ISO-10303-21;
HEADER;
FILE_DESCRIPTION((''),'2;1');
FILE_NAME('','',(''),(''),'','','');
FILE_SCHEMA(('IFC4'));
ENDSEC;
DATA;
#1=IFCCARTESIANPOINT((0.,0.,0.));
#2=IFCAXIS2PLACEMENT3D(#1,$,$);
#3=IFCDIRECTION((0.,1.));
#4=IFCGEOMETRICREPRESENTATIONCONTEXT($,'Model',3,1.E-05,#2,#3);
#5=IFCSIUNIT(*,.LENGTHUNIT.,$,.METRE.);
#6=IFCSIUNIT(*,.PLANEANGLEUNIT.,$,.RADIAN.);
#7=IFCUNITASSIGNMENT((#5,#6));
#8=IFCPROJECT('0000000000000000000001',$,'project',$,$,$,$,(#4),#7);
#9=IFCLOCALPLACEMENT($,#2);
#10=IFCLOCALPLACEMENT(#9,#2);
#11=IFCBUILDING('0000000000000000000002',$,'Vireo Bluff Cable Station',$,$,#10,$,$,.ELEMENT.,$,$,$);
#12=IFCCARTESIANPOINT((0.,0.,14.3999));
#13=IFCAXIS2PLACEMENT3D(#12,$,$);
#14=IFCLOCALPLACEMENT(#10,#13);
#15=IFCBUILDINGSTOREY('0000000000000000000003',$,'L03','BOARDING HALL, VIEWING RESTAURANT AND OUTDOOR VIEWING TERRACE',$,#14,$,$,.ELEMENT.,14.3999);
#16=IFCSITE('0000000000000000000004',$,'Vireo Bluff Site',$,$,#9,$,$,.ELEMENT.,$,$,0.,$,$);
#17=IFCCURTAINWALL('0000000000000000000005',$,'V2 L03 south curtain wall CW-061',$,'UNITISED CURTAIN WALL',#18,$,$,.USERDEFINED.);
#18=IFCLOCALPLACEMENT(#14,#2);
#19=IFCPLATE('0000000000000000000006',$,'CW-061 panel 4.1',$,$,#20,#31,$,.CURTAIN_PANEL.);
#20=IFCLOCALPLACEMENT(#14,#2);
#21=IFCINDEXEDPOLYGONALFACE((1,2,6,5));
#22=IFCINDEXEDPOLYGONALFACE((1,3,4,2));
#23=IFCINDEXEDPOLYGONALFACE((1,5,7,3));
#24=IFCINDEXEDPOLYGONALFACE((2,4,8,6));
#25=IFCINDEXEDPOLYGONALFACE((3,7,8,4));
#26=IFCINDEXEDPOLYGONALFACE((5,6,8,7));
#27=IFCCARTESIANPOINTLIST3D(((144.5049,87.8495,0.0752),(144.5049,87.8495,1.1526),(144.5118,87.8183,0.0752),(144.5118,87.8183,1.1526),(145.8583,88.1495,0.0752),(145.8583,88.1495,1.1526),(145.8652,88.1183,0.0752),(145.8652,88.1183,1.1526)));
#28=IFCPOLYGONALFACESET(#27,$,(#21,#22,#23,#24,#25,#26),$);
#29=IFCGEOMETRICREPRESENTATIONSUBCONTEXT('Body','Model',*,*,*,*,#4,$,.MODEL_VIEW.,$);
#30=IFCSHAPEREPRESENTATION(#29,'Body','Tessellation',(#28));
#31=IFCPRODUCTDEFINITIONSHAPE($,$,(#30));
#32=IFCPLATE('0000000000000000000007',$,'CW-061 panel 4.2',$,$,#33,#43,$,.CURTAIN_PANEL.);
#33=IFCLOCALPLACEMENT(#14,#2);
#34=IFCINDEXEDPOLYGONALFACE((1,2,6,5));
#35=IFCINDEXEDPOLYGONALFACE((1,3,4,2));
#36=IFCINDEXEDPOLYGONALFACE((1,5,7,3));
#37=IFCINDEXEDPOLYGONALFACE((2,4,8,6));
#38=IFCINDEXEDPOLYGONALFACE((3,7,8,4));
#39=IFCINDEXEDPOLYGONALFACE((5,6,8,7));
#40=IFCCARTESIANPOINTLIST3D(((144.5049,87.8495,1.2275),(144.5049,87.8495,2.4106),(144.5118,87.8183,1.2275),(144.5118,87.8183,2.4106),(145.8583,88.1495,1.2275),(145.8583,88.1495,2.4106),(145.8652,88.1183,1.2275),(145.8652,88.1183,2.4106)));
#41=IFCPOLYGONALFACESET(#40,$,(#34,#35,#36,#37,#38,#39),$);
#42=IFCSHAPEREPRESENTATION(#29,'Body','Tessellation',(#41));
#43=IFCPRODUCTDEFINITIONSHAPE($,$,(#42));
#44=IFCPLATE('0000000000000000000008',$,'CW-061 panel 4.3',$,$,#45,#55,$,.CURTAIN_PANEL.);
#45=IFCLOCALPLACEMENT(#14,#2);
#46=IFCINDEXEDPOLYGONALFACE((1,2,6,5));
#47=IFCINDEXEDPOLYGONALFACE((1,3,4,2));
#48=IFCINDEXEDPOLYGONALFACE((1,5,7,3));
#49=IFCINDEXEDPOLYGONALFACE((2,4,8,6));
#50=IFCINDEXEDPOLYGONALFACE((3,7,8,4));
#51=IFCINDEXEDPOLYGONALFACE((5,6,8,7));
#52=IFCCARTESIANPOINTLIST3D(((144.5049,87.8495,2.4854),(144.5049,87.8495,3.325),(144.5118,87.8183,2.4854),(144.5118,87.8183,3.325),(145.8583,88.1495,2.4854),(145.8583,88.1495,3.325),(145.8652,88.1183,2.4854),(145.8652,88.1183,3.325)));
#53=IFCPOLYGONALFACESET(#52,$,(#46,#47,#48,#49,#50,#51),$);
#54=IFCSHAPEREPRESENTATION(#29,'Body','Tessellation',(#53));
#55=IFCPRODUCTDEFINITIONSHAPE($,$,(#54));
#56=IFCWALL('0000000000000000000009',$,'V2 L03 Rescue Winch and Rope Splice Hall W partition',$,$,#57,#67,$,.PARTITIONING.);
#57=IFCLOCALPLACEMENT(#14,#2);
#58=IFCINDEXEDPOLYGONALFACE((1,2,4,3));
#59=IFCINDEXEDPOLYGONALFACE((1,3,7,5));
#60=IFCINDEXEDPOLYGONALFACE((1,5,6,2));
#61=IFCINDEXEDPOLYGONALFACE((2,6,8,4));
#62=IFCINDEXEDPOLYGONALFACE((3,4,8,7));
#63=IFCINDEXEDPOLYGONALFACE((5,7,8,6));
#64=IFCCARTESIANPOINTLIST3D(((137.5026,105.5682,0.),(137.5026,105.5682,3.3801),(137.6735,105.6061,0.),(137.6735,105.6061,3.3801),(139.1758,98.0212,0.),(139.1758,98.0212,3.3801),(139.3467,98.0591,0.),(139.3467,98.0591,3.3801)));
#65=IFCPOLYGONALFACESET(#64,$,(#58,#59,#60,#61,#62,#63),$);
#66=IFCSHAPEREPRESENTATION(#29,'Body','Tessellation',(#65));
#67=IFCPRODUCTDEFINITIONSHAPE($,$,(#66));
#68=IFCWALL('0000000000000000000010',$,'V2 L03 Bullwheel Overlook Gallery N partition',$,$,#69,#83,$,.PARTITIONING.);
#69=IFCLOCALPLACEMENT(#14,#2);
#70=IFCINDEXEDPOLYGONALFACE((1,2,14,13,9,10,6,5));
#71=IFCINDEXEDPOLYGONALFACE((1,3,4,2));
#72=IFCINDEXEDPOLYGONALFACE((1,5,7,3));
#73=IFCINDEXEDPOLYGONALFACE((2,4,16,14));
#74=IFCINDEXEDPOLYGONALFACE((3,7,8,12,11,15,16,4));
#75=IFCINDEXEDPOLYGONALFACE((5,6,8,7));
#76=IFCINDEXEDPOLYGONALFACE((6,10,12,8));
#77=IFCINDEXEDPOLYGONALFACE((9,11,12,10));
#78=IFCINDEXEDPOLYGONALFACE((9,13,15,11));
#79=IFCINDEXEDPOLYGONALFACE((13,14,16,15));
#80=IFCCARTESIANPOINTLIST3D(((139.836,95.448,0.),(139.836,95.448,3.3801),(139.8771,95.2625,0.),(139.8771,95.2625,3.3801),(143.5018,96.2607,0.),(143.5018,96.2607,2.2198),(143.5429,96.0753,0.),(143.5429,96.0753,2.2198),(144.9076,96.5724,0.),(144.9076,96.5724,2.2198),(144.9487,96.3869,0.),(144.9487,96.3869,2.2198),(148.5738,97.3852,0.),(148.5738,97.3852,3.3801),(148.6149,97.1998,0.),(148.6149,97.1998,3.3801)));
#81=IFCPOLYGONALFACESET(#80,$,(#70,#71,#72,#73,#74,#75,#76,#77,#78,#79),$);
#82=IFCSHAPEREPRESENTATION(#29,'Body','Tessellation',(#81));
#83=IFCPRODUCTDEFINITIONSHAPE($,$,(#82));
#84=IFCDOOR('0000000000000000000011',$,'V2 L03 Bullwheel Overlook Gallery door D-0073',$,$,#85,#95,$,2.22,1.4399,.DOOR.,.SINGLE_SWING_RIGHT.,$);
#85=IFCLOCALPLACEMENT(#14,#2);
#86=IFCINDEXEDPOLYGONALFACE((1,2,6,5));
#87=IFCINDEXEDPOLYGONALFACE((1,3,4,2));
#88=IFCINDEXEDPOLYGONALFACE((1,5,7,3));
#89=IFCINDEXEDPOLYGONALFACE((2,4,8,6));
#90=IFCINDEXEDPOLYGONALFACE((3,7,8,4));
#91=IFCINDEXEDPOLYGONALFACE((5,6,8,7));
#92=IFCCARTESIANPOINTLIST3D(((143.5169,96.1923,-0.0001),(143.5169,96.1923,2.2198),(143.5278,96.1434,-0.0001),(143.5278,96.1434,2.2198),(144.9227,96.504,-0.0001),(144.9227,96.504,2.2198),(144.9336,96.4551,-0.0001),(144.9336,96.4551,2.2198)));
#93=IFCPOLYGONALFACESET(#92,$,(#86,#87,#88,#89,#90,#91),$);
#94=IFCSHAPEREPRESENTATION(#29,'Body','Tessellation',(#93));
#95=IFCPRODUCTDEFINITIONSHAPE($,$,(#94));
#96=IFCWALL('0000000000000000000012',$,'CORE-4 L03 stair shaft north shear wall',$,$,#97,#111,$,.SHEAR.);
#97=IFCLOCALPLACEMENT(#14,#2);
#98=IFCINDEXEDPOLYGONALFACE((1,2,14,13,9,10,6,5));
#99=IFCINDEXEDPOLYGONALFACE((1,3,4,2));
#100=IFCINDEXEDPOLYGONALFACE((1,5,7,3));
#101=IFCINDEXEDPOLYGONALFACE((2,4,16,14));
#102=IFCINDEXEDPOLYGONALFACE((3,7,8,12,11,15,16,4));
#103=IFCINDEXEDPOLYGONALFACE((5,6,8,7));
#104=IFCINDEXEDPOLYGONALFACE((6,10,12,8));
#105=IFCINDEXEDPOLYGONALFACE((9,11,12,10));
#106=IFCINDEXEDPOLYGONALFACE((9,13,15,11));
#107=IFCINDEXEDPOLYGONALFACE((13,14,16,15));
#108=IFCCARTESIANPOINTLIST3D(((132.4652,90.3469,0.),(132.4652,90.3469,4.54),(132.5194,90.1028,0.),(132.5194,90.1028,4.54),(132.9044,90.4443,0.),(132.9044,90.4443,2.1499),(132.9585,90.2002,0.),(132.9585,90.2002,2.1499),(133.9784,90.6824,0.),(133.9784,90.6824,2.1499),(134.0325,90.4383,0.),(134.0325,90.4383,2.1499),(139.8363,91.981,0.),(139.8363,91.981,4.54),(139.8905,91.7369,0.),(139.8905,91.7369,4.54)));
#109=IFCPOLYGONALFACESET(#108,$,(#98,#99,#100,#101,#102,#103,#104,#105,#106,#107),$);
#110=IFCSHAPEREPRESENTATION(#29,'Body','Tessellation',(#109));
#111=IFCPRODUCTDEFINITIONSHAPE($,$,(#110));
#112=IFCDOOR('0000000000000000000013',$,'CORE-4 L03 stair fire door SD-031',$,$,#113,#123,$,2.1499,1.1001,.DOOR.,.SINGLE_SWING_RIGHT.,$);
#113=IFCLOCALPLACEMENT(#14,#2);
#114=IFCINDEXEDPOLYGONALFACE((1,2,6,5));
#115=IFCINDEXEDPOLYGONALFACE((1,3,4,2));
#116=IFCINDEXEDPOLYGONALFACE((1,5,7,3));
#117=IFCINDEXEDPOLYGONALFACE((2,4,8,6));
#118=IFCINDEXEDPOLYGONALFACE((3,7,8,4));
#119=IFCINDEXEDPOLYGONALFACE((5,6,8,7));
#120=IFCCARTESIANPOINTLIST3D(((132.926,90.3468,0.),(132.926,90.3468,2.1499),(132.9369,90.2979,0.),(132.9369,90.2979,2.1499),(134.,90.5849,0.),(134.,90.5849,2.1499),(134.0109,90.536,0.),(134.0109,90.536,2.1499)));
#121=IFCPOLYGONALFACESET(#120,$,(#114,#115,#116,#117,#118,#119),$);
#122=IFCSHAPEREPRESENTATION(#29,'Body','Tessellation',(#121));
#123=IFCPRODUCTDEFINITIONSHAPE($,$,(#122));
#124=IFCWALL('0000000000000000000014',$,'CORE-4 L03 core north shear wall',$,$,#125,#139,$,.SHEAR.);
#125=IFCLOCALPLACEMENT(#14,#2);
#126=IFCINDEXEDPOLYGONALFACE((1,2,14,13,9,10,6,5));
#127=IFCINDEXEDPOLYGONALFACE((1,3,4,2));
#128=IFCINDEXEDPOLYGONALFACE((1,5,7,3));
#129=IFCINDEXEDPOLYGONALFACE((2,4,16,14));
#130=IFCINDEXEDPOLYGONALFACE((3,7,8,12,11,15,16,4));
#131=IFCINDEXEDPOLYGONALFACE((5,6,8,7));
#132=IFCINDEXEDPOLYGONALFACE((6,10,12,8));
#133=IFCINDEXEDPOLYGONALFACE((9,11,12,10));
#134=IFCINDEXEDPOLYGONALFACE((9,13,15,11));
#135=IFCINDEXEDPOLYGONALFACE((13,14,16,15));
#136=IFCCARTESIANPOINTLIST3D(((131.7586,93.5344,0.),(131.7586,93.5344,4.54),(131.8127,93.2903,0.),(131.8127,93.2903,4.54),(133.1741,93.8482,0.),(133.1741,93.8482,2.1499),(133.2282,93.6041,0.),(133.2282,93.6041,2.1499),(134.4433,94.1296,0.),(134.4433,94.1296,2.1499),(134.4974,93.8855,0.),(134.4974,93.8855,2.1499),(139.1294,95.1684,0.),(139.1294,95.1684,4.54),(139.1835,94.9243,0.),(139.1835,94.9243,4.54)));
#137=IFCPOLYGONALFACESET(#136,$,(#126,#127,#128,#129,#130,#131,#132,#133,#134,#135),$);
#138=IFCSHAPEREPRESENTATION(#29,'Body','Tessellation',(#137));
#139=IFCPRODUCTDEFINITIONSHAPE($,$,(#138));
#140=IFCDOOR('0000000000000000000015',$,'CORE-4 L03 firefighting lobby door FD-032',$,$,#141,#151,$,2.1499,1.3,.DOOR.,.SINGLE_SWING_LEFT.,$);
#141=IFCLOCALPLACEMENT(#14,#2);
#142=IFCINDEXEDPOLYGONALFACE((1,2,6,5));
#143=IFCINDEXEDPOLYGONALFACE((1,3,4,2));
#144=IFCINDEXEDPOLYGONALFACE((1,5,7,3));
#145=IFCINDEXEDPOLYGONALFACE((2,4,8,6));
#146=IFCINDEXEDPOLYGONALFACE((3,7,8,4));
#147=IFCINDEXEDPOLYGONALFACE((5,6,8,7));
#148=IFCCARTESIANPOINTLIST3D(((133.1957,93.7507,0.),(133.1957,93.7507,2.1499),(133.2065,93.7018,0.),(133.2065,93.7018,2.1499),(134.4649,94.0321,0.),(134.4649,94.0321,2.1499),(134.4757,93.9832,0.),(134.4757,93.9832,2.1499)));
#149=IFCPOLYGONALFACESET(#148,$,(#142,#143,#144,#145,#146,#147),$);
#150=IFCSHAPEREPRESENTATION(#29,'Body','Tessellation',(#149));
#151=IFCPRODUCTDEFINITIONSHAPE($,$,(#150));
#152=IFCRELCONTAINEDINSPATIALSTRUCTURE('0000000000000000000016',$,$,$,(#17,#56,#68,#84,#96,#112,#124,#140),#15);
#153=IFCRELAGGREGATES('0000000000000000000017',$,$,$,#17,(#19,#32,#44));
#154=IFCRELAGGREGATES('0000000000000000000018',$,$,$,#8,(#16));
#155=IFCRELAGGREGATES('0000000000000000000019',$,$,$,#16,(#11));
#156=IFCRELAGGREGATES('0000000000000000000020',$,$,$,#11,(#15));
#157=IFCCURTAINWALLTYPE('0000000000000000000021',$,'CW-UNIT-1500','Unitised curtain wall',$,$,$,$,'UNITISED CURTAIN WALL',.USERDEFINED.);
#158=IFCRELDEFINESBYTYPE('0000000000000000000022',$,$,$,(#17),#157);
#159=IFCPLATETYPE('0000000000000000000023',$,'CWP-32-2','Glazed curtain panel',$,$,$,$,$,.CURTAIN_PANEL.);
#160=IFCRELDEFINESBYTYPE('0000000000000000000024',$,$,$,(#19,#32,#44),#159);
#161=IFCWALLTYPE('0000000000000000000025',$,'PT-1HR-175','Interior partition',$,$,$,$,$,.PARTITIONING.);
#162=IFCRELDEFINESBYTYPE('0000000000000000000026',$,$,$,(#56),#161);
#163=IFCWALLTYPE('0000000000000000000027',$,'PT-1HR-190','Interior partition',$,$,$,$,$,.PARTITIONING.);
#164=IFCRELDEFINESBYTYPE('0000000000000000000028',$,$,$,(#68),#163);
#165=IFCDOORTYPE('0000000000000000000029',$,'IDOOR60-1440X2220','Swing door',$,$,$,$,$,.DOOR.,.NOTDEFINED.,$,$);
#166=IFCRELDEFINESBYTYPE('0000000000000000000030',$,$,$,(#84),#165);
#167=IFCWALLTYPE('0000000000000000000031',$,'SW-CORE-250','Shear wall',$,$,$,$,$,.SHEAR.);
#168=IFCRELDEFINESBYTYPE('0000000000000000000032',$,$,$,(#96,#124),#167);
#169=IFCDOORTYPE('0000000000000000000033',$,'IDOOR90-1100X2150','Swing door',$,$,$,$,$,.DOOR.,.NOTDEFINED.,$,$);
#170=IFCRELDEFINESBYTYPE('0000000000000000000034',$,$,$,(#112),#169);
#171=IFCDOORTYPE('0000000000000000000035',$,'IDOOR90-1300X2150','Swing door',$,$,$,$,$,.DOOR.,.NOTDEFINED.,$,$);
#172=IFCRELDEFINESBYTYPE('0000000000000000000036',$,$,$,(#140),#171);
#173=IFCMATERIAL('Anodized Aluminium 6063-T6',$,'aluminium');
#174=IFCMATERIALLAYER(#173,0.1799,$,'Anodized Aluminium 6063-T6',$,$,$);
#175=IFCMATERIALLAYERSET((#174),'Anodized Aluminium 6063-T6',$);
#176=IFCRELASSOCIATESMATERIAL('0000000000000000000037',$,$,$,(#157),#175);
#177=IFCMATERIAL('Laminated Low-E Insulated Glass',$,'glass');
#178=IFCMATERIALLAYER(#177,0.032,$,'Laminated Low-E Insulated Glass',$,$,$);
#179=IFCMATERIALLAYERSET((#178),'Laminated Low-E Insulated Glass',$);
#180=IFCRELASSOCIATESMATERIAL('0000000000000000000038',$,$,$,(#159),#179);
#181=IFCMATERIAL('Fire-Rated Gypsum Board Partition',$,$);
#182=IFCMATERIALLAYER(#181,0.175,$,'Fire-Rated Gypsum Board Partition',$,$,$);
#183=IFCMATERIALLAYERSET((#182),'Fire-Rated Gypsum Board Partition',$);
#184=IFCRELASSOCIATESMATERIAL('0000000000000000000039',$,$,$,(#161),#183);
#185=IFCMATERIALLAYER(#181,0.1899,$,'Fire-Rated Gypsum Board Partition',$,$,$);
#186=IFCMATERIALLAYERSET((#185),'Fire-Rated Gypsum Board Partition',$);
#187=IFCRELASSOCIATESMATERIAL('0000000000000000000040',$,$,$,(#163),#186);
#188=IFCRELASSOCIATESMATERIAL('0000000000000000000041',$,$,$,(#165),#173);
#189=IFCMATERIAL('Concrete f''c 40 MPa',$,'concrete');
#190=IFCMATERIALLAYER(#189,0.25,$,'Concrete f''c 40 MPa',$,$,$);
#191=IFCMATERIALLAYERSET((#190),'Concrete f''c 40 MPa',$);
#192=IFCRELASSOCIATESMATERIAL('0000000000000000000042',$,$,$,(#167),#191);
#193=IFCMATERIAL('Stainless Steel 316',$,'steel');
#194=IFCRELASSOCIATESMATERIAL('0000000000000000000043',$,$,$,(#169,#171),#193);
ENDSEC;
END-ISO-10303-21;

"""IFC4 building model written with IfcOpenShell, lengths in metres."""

from ifc_helpers import new_model, si_unit, direction, frame, frame_2d, origin, origin_with_axes, origin_2d, place, context, subcontext, project, spatial, rectangle, extrude, material, layer, layer_set, type_object, element, fill, aggregate, save


model = new_model("IFC4")

# Units and contexts
model_context = context("Model", 3, precision=1e-05, world=origin(), true_north=direction((0.0, 1.0)))
body_context = subcontext(model_context, "Body", "Model", "MODEL_VIEW")
ifc_project = project(units=[si_unit("LENGTHUNIT", "METRE"), si_unit("PLANEANGLEUNIT", "RADIAN")], contexts=[model_context])

# Site, building, storey
site_placement = place(None, origin())
site = spatial("IfcSite", under=ifc_project, at=site_placement, Name="Vireo Bluff Site", CompositionType="ELEMENT", RefElevation=0.0)
building_placement = place(site_placement, origin())
building = spatial("IfcBuilding", under=site, at=building_placement, Name="Vireo Bluff Cable Station", CompositionType="ELEMENT")
storey_placement = place(building_placement, frame((0.0, 0.0, 14.3999)))
storey = spatial("IfcBuildingStorey", under=building, at=storey_placement, Name="L03", Description="BOARDING HALL, VIEWING RESTAURANT AND OUTDOOR VIEWING TERRACE", CompositionType="ELEMENT", Elevation=14.3999)

# Curtain wall
ifc_material_1 = material(Name="Anodized Aluminium 6063-T6", Category="aluminium")
ifc_layer_1 = layer(ifc_material_1, 0.1799, Name="Anodized Aluminium 6063-T6")
ifc_layer_set_1 = layer_set([ifc_layer_1], Name="Anodized Aluminium 6063-T6")
curtain_wall_type = type_object("IfcCurtainWallType", Name="CW-UNIT-1500", Description="Unitised curtain wall", ElementType="UNITISED CURTAIN WALL", PredefinedType="USERDEFINED", material=ifc_layer_set_1)
curtain_wall_placement = place(storey_placement, origin())
curtain_wall = element("IfcCurtainWall", 1, at=curtain_wall_placement, inside=storey, type_object=curtain_wall_type, Name="V2 L03 south curtain wall CW-061", ObjectType="UNITISED CURTAIN WALL", PredefinedType="USERDEFINED")

# Plates
ifc_material_2 = material(Name="Laminated Low-E Insulated Glass", Category="glass")
ifc_layer_2 = layer(ifc_material_2, 0.032, Name="Laminated Low-E Insulated Glass")
ifc_layer_set_2 = layer_set([ifc_layer_2], Name="Laminated Low-E Insulated Glass")
plate_type = type_object("IfcPlateType", Name="CWP-32-2", Description="Glazed curtain panel", PredefinedType="CURTAIN_PANEL", material=ifc_layer_set_2)
plate_1_placement = place(storey_placement, frame((145.1851, 87.9839, 0.0752), z_axis=(0.0, 0.0, 1.0), x_axis=(-0.976296, -0.21644, 0.0)))
plate_1 = element("IfcPlate", 2, at=plate_1_placement, type_object=plate_type, Name="CW-061 panel 4.1", PredefinedType="CURTAIN_PANEL", context=body_context, shape_type="SweptSolid", body=[
    extrude(rectangle(XDim=1.3862, YDim=0.032, at=origin_2d()), origin(), (0.0, 0.0, 1.0), 1.0774),
])
plate_2_placement = place(storey_placement, frame((145.1851, 87.9839, 1.2275), z_axis=(0.0, 0.0, 1.0), x_axis=(-0.976296, -0.21644, 0.0)))
plate_2 = element("IfcPlate", 3, at=plate_2_placement, type_object=plate_type, Name="CW-061 panel 4.2", PredefinedType="CURTAIN_PANEL", context=body_context, shape_type="SweptSolid", body=[
    extrude(rectangle(XDim=1.3862, YDim=0.032, at=origin_2d()), origin(), (0.0, 0.0, 1.0), 1.1831),
])
plate_3_placement = place(storey_placement, frame((145.1851, 87.9839, 2.4854), z_axis=(0.0, 0.0, 1.0), x_axis=(-0.976296, -0.21644, 0.0)))
plate_3 = element("IfcPlate", 4, at=plate_3_placement, type_object=plate_type, Name="CW-061 panel 4.3", PredefinedType="CURTAIN_PANEL", context=body_context, shape_type="SweptSolid", body=[
    extrude(rectangle(XDim=1.3862, YDim=0.032, at=origin_2d()), origin(), (0.0, 0.0, 1.0), 0.8396),
])
aggregate(curtain_wall, [plate_1, plate_2, plate_3])

# Wall
ifc_material_3 = material(Name="Fire-Rated Gypsum Board Partition")
ifc_layer_3 = layer(ifc_material_3, 0.175, Name="Fire-Rated Gypsum Board Partition")
ifc_layer_set_3 = layer_set([ifc_layer_3], Name="Fire-Rated Gypsum Board Partition")
wall_type_1 = type_object("IfcWallType", Name="PT-1HR-175", Description="Interior partition", PredefinedType="PARTITIONING", material=ifc_layer_set_3)
wall_1_placement = place(storey_placement, frame((139.2612, 98.04, 0.0), z_axis=(0.0, 0.0, 1.0), x_axis=(-0.216439, 0.976296, 0.0)))
element("IfcWall", 5, at=wall_1_placement, inside=storey, type_object=wall_type_1, Name="V2 L03 Rescue Winch and Rope Splice Hall W partition", PredefinedType="PARTITIONING", context=body_context, shape_type="SweptSolid", body=[
    extrude(rectangle(XDim=7.7302, YDim=0.175, at=frame_2d((3.8652, 0.0))), origin(), (0.0, 0.0, 1.0), 3.3801),
])

# Walls, openings, doors
ifc_layer_4 = layer(ifc_material_3, 0.1899, Name="Fire-Rated Gypsum Board Partition")
ifc_layer_set_4 = layer_set([ifc_layer_4], Name="Fire-Rated Gypsum Board Partition")
wall_type_2 = type_object("IfcWallType", Name="PT-1HR-190", Description="Interior partition", PredefinedType="PARTITIONING", material=ifc_layer_set_4)
wall_2_placement = place(storey_placement, frame((139.8564, 95.3552, 0.0), z_axis=(0.0, 0.0, 1.0), x_axis=(0.976293, 0.216454, 0.0)))
wall_2 = element("IfcWall", 6, at=wall_2_placement, inside=storey, type_object=wall_type_2, Name="V2 L03 Bullwheel Overlook Gallery N partition", PredefinedType="PARTITIONING", context=body_context, shape_type="SweptSolid", body=[
    extrude(rectangle(XDim=8.95, YDim=0.1899, at=frame_2d((4.4751, 0.0))), origin(), (0.0, 0.0, 1.0), 3.3801),
])
opening_1_placement = place(wall_2_placement, frame((3.7549, 0.0, 0.0)))
opening_1 = element("IfcOpeningElement", 7, at=opening_1_placement, cuts=wall_2, PredefinedType="OPENING", context=body_context, shape_type="SweptSolid", body=[
    extrude(rectangle(XDim=1.4399, YDim=2.22, at=frame_2d((0.72, 1.1099))), frame((0.0, 0.105, 0.0), z_axis=(0.0, -1.0, 0.0), x_axis=(1.0, 0.0, 0.0)), (0.0, 0.0, 1.0), 0.21),
])
door_type_1 = type_object("IfcDoorType", Name="IDOOR60-1440X2220", Description="Swing door", OperationType="NOTDEFINED", PredefinedType="DOOR", material=ifc_material_1)
door_1_placement = place(opening_1_placement, origin_with_axes())
door_1 = element("IfcDoor", 8, at=door_1_placement, inside=storey, type_object=door_type_1, Name="V2 L03 Bullwheel Overlook Gallery door D-0073", OperationType="SINGLE_SWING_RIGHT", OverallHeight=2.22, OverallWidth=1.4399, PredefinedType="DOOR", context=body_context, shape_type="SweptSolid", body=[
    extrude(rectangle(XDim=1.4399, YDim=2.22, at=frame_2d((0.72, 1.1099))), frame((0.0, 0.0249, 0.0), z_axis=(0.0, -1.0, 0.0), x_axis=(1.0, 0.0, 0.0)), (0.0, 0.0, 1.0), 0.05),
])
fill(opening_1, door_1)
ifc_material_4 = material(Name="Concrete f'c 40 MPa", Category="concrete")
ifc_layer_5 = layer(ifc_material_4, 0.25, Name="Concrete f'c 40 MPa")
ifc_layer_set_5 = layer_set([ifc_layer_5], Name="Concrete f'c 40 MPa")
wall_type_3 = type_object("IfcWallType", Name="SW-CORE-250", Description="Shear wall", PredefinedType="SHEAR", material=ifc_layer_set_5)
wall_3_placement = place(storey_placement, frame((139.8633, 91.8589, 0.0), z_axis=(0.0, 0.0, 1.0), x_axis=(-0.976299, -0.216427, 0.0)))
wall_3 = element("IfcWall", 9, at=wall_3_placement, inside=storey, type_object=wall_type_3, Name="CORE-4 L03 stair shaft north shear wall", PredefinedType="SHEAR", context=body_context, shape_type="SweptSolid", body=[
    extrude(rectangle(XDim=7.55, YDim=0.25, at=frame_2d((3.7749, 0.0))), origin(), (0.0, 0.0, 1.0), 4.54),
])
opening_2_placement = place(wall_3_placement, frame((6.0, 0.0, 0.0)))
opening_2 = element("IfcOpeningElement", 10, at=opening_2_placement, cuts=wall_3, PredefinedType="OPENING", context=body_context, shape_type="SweptSolid", body=[
    extrude(rectangle(XDim=1.1001, YDim=2.1499, at=frame_2d((0.55, 1.075))), frame((0.0, 0.135, 0.0), z_axis=(0.0, -1.0, 0.0), x_axis=(1.0, 0.0, 0.0)), (0.0, 0.0, 1.0), 0.27),
])
ifc_material_5 = material(Name="Stainless Steel 316", Category="steel")
door_type_2 = type_object("IfcDoorType", Name="IDOOR90-1100X2150", Description="Swing door", OperationType="NOTDEFINED", PredefinedType="DOOR", material=ifc_material_5)
door_2_placement = place(opening_2_placement, origin_with_axes())
door_2 = element("IfcDoor", 11, at=door_2_placement, inside=storey, type_object=door_type_2, Name="CORE-4 L03 stair fire door SD-031", OperationType="SINGLE_SWING_RIGHT", OverallHeight=2.1499, OverallWidth=1.1001, PredefinedType="DOOR", context=body_context, shape_type="SweptSolid", body=[
    extrude(rectangle(XDim=1.1001, YDim=2.1499, at=frame_2d((0.55, 1.075))), frame((0.0, 0.0249, 0.0), z_axis=(0.0, -1.0, 0.0), x_axis=(1.0, 0.0, 0.0)), (0.0, 0.0, 1.0), 0.05),
])
fill(opening_2, door_2)
wall_4_placement = place(storey_placement, frame((139.1565, 95.0464, 0.0), z_axis=(0.0, 0.0, 1.0), x_axis=(-0.976297, -0.216434, 0.0)))
wall_4 = element("IfcWall", 12, at=wall_4_placement, inside=storey, type_object=wall_type_3, Name="CORE-4 L03 core north shear wall", PredefinedType="SHEAR", context=body_context, shape_type="SweptSolid", body=[
    extrude(rectangle(XDim=7.5498, YDim=0.25, at=frame_2d((3.7749, 0.0))), origin(), (0.0, 0.0, 1.0), 4.54),
])
opening_3_placement = place(wall_4_placement, frame((4.8, 0.0, 0.0)))
opening_3 = element("IfcOpeningElement", 13, at=opening_3_placement, cuts=wall_4, PredefinedType="OPENING", context=body_context, shape_type="SweptSolid", body=[
    extrude(rectangle(XDim=1.3, YDim=2.1499, at=frame_2d((0.6499, 1.075))), frame((0.0, 0.135, 0.0), z_axis=(0.0, -1.0, 0.0), x_axis=(1.0, 0.0, 0.0)), (0.0, 0.0, 1.0), 0.27),
])
door_type_3 = type_object("IfcDoorType", Name="IDOOR90-1300X2150", Description="Swing door", OperationType="NOTDEFINED", PredefinedType="DOOR", material=ifc_material_5)
door_3_placement = place(opening_3_placement, origin_with_axes())
door_3 = element("IfcDoor", 14, at=door_3_placement, inside=storey, type_object=door_type_3, Name="CORE-4 L03 firefighting lobby door FD-032", OperationType="SINGLE_SWING_LEFT", OverallHeight=2.1499, OverallWidth=1.3, PredefinedType="DOOR", context=body_context, shape_type="SweptSolid", body=[
    extrude(rectangle(XDim=1.3, YDim=2.1499, at=frame_2d((0.6499, 1.075))), frame((0.0, 0.0249, 0.0), z_axis=(0.0, -1.0, 0.0), x_axis=(1.0, 0.0, 0.0)), (0.0, 0.0, 1.0), 0.05),
])
fill(opening_3, door_3)

save(model, "model.ifc")
